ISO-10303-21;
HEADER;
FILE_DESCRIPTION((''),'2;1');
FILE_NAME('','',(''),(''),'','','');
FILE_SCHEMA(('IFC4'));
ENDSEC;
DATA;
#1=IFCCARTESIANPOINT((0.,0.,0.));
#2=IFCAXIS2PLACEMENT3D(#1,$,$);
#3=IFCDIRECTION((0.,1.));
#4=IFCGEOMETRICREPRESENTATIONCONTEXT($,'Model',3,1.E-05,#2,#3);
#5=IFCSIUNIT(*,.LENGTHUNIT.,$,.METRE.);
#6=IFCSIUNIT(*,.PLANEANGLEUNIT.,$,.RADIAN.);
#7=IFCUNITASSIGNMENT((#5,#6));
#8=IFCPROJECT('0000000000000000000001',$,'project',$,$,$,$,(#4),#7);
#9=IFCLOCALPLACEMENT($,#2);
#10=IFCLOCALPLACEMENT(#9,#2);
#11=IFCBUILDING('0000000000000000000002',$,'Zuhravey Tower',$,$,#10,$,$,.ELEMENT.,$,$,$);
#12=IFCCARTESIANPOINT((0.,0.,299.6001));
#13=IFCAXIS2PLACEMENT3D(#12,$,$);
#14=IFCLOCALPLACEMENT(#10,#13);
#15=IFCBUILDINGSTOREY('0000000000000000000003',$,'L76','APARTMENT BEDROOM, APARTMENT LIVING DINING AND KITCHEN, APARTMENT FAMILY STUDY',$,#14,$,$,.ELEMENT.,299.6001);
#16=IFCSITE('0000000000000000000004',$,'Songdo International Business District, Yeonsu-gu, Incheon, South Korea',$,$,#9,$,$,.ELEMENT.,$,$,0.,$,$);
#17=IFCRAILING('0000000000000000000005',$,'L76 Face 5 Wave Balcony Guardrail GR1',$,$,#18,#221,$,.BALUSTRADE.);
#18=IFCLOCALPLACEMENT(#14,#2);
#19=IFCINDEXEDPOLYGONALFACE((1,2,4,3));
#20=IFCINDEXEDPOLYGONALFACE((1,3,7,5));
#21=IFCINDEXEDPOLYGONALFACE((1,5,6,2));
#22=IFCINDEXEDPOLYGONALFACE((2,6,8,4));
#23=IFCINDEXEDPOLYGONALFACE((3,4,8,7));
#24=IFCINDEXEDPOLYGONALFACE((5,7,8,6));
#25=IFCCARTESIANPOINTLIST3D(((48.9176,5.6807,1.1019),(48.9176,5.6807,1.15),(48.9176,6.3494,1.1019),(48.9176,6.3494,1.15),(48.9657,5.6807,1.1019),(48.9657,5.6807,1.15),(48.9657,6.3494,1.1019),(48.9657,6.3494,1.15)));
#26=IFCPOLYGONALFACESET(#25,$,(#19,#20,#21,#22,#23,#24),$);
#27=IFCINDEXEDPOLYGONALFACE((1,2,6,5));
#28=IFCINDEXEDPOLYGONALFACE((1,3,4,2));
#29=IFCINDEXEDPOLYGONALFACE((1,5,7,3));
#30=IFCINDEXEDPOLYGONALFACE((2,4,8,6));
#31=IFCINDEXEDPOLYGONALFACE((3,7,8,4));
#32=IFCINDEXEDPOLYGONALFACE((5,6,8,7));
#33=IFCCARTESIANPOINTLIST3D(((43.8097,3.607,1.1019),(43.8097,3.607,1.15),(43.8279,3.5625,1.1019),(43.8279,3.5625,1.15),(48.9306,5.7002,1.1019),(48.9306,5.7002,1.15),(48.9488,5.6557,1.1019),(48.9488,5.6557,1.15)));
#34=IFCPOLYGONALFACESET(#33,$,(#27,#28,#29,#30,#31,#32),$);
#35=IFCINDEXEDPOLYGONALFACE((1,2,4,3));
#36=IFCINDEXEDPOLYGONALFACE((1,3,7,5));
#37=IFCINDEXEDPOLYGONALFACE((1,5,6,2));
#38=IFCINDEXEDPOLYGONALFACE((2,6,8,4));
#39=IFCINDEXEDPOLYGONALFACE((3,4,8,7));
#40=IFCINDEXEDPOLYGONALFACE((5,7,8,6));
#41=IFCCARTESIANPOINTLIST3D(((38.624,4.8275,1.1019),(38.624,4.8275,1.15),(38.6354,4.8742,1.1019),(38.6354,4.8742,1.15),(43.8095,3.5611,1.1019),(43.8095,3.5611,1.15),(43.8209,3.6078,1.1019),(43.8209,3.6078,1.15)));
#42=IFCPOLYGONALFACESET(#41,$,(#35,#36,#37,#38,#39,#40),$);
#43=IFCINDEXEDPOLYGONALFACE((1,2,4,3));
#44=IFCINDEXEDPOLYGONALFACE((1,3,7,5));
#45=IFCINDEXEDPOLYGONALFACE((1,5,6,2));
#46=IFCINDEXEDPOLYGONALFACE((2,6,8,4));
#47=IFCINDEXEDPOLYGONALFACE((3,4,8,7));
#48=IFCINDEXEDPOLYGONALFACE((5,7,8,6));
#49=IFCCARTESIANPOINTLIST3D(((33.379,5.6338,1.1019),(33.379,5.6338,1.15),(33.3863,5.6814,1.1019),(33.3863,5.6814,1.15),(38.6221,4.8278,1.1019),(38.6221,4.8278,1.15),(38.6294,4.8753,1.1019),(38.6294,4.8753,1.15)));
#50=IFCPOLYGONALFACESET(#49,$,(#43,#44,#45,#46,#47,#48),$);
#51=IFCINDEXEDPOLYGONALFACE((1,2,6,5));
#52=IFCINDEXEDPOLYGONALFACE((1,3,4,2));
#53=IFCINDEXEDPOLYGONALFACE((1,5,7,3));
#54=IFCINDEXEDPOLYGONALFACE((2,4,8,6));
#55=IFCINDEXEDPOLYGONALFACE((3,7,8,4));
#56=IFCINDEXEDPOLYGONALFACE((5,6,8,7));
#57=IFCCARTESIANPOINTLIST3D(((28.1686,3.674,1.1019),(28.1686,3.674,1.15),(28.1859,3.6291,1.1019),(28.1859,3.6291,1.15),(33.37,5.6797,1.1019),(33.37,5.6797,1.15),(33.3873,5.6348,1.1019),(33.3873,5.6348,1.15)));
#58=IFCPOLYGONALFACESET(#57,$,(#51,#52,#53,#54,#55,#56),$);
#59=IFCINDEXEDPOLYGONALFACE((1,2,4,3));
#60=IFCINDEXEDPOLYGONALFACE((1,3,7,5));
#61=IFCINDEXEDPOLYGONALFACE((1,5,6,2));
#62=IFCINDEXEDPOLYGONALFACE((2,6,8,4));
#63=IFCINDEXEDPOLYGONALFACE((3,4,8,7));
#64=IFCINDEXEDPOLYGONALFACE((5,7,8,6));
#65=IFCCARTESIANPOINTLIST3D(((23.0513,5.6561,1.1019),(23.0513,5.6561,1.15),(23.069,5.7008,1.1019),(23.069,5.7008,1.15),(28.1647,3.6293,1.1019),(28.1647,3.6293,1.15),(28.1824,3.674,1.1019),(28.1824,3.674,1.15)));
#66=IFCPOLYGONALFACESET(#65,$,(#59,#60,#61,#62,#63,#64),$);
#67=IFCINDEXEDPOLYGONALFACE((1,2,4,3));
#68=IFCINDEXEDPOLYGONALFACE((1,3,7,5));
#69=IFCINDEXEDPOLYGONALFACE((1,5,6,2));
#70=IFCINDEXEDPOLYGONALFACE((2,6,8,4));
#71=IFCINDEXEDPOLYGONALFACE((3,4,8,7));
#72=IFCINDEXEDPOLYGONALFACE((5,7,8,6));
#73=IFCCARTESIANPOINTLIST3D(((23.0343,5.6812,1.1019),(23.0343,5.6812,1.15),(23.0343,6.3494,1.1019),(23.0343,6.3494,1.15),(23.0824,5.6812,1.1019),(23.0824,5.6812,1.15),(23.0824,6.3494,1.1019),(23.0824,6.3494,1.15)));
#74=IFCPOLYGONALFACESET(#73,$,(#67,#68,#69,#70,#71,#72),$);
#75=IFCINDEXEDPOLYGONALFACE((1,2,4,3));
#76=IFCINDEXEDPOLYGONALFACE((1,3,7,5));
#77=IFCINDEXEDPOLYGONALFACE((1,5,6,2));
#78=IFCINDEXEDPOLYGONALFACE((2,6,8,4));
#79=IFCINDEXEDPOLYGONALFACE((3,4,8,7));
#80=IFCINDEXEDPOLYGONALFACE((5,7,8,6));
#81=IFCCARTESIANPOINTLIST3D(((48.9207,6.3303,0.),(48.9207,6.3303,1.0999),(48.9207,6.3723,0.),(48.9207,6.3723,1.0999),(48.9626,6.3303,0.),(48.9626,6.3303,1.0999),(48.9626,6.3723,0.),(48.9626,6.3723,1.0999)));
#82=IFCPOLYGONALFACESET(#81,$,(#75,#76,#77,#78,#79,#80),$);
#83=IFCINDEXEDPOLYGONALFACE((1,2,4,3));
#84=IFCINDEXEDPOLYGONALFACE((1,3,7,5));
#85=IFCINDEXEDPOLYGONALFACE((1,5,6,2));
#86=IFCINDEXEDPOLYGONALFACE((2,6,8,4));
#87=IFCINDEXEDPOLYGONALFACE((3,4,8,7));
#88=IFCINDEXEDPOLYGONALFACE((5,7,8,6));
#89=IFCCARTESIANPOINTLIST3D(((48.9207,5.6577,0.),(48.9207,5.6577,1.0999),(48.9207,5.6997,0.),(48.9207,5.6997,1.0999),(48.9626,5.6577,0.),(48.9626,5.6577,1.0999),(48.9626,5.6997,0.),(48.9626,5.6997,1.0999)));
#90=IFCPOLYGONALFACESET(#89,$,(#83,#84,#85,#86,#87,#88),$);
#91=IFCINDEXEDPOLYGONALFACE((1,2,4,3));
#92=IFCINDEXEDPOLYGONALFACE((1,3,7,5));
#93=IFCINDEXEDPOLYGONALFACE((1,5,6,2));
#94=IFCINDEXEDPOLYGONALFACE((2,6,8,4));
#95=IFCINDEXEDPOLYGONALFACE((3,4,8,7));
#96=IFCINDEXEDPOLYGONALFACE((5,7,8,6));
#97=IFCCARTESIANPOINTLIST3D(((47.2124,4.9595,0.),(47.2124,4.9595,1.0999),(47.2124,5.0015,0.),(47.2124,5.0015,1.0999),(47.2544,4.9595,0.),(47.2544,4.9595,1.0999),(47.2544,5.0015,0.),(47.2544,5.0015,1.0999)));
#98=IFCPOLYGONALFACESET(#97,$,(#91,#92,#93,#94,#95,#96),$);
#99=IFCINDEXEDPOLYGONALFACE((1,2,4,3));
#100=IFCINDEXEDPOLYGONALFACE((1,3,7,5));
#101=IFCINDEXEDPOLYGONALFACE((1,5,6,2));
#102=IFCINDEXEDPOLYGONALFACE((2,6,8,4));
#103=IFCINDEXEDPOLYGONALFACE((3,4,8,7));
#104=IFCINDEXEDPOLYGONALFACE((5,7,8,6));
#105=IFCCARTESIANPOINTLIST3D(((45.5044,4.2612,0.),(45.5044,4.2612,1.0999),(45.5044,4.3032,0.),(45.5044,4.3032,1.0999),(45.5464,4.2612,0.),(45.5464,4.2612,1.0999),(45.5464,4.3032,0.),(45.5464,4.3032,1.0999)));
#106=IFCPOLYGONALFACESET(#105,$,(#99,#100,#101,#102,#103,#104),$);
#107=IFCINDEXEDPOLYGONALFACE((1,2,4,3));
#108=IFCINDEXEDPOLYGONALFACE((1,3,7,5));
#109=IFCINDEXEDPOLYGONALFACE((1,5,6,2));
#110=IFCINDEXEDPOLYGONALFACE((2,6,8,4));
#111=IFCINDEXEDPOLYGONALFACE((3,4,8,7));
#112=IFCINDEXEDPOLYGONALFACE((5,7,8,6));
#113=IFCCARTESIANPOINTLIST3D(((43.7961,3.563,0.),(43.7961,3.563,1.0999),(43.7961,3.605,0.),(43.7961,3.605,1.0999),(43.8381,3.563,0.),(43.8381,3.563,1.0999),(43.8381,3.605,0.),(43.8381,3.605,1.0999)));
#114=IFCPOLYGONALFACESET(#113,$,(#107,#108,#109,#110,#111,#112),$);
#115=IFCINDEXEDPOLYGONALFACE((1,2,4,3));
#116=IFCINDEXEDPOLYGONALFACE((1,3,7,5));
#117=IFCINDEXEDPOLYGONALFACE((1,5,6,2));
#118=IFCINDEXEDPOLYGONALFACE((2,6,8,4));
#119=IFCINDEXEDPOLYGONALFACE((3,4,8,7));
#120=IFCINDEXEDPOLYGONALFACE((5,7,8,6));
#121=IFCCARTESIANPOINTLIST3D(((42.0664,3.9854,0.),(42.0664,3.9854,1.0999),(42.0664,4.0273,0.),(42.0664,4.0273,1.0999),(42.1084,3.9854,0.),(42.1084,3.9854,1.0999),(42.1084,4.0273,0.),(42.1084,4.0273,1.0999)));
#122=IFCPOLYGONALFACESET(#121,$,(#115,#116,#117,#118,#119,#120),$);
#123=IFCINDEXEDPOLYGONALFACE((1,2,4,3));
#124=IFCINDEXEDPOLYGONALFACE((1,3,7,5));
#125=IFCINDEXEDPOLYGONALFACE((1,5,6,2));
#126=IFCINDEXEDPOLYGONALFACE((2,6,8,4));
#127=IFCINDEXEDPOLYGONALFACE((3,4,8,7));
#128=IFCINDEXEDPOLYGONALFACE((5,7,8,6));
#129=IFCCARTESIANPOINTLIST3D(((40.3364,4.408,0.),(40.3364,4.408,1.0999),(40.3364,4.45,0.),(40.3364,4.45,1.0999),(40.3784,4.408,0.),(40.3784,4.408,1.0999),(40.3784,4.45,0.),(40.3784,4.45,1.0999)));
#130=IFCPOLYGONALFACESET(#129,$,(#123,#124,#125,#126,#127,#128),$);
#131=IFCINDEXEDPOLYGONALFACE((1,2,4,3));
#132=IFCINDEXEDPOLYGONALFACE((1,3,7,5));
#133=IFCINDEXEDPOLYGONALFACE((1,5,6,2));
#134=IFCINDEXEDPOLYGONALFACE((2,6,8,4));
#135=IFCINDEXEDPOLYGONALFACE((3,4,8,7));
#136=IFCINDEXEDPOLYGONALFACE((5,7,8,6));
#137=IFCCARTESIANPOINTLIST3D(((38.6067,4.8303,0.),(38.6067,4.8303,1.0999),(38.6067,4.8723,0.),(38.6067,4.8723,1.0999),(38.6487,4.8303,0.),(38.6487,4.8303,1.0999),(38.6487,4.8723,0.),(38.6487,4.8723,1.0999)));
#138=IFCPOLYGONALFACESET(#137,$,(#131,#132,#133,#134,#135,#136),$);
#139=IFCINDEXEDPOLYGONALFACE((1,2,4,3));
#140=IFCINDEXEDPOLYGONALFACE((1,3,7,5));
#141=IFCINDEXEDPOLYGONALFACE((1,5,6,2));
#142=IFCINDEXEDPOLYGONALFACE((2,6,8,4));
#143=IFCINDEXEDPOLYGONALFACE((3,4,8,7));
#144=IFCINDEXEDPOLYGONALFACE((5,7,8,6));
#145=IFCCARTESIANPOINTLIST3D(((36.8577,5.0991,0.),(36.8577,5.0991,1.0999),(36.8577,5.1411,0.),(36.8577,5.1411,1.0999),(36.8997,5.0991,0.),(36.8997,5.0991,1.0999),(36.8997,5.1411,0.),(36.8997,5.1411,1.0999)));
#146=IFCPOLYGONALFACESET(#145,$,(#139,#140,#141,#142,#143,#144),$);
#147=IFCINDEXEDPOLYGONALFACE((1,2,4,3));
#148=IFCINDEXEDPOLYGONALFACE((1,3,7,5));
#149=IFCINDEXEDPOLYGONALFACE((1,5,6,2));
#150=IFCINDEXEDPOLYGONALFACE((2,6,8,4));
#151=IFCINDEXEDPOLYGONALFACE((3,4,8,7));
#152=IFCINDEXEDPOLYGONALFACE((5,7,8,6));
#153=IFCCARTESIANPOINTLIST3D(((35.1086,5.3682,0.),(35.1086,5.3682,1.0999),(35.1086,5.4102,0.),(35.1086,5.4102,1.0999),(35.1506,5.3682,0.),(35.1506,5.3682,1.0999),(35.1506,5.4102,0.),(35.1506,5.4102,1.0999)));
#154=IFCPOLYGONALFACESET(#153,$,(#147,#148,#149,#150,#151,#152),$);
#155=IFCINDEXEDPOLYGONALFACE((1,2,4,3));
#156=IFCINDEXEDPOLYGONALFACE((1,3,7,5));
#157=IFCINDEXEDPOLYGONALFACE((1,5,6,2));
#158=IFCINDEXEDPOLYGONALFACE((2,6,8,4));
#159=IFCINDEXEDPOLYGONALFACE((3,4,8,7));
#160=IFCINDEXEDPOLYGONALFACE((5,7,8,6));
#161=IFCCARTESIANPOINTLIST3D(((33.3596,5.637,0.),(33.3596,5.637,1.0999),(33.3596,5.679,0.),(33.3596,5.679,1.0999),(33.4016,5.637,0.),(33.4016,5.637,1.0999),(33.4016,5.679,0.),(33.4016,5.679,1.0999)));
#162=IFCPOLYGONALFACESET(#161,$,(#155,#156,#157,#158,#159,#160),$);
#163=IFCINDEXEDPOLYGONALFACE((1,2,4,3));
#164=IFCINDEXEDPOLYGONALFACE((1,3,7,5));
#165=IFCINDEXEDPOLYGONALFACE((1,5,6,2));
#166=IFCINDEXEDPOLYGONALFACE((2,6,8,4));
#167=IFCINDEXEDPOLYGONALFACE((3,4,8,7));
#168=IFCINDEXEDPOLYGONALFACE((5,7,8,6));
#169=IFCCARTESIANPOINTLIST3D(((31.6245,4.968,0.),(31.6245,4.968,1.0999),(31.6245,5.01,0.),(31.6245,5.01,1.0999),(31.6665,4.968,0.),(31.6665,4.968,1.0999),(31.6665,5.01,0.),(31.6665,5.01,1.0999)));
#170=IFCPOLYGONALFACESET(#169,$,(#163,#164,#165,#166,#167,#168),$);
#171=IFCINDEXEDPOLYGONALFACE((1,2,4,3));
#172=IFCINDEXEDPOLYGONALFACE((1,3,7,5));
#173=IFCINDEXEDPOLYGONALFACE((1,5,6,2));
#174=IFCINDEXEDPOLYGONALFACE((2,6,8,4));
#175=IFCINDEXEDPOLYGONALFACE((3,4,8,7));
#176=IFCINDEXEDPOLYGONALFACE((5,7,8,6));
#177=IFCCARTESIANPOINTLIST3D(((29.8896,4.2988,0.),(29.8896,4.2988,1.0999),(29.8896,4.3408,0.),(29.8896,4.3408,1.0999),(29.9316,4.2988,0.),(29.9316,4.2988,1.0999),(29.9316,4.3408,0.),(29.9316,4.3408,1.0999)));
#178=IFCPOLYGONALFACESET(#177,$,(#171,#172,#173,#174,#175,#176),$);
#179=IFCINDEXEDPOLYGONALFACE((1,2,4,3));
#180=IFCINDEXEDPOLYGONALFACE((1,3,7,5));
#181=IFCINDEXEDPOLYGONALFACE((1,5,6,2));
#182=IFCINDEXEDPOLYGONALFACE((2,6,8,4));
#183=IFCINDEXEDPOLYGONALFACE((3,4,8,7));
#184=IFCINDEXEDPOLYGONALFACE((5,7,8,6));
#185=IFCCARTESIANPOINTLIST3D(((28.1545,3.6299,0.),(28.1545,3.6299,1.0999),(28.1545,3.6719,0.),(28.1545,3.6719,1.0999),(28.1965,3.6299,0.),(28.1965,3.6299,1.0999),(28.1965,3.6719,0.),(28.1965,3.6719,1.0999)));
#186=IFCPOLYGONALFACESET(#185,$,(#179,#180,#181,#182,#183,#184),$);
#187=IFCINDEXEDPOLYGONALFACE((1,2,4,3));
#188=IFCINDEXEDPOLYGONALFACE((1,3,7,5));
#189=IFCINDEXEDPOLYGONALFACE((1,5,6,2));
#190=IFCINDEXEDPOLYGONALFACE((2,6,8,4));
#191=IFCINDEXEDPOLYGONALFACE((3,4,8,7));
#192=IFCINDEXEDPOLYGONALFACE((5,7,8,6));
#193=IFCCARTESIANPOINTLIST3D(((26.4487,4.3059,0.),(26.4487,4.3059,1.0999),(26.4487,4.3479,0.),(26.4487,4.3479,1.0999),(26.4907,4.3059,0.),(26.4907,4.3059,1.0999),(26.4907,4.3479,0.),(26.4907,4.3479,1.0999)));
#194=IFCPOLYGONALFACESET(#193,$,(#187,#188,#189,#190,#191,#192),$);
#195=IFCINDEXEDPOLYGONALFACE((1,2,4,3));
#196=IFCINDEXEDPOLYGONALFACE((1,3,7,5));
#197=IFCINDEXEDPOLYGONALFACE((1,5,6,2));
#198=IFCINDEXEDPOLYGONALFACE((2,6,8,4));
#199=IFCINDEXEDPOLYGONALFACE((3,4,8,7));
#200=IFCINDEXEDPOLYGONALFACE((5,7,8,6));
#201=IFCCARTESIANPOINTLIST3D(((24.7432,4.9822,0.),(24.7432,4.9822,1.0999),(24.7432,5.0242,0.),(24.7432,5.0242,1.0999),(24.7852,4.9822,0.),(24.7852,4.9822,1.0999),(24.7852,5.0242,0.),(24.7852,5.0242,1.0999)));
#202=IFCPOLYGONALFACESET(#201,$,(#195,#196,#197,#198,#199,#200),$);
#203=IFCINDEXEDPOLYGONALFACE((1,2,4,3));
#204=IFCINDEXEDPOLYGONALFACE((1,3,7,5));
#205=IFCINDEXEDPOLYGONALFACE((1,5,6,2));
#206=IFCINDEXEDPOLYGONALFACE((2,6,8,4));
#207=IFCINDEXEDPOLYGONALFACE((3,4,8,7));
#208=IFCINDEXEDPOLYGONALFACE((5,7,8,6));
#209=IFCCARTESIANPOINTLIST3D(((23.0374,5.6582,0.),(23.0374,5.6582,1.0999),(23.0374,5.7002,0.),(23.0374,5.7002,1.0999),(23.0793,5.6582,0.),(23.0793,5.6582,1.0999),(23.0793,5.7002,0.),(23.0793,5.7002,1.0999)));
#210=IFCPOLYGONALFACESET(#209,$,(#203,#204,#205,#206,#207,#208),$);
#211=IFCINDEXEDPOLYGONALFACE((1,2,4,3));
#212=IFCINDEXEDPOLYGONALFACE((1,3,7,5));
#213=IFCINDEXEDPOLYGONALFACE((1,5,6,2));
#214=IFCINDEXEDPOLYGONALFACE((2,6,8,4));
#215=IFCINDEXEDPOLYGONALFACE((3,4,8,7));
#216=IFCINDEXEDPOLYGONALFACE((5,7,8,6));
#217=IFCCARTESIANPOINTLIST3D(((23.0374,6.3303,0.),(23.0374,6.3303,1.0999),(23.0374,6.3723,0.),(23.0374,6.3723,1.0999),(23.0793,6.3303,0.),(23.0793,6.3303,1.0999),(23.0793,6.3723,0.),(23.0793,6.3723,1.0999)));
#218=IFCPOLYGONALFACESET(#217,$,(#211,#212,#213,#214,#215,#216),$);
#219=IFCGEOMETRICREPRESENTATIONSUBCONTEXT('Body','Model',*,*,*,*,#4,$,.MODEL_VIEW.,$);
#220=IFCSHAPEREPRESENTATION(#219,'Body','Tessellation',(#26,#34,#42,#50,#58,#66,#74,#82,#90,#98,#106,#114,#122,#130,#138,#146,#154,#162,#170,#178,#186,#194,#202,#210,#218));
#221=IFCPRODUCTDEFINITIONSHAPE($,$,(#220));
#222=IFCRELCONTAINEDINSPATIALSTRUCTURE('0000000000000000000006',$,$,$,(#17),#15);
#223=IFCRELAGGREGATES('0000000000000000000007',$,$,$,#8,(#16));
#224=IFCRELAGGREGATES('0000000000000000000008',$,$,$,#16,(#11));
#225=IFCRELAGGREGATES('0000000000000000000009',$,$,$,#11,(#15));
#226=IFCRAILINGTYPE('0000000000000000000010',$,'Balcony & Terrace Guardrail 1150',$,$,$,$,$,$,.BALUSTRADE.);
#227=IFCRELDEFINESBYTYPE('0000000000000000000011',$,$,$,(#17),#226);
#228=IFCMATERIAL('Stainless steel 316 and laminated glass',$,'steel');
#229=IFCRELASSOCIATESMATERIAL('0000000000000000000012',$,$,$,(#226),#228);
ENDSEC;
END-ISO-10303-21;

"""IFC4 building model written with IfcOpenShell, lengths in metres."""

from ifc_helpers import new_model, si_unit, direction, frame, origin, origin_2d, place, context, subcontext, project, spatial, rectangle, extrude, material, type_object, element, save


model = new_model("IFC4")

# Units and contexts
model_context = context("Model", 3, precision=1e-05, world=origin(), true_north=direction((0.0, 1.0)))
body_context = subcontext(model_context, "Body", "Model", "MODEL_VIEW")
ifc_project = project(units=[si_unit("LENGTHUNIT", "METRE"), si_unit("PLANEANGLEUNIT", "RADIAN")], contexts=[model_context])

# Site, building, storey
site_placement = place(None, origin())
site = spatial("IfcSite", under=ifc_project, at=site_placement, Name="Songdo International Business District, Yeonsu-gu, Incheon, South Korea", CompositionType="ELEMENT", RefElevation=0.0)
building_placement = place(site_placement, origin())
building = spatial("IfcBuilding", under=site, at=building_placement, Name="Zuhravey Tower", CompositionType="ELEMENT")
storey_placement = place(building_placement, frame((0.0, 0.0, 299.6001)))
storey = spatial("IfcBuildingStorey", under=building, at=storey_placement, Name="L76", Description="APARTMENT BEDROOM, APARTMENT LIVING DINING AND KITCHEN, APARTMENT FAMILY STUDY", CompositionType="ELEMENT", Elevation=299.6001)

# Railing
ifc_material_1 = material(Name="Stainless steel 316 and laminated glass", Category="steel")
railing_type = type_object("IfcRailingType", Name="Balcony & Terrace Guardrail 1150", PredefinedType="BALUSTRADE", material=ifc_material_1)
railing_placement = place(storey_placement, frame((48.9417, 6.3513, 0.0)))
element("IfcRailing", 1, at=railing_placement, inside=storey, type_object=railing_type, Name="L76 Face 5 Wave Balcony Guardrail GR1", PredefinedType="BALUSTRADE", context=body_context, shape_type="SweptSolid", body=[
    extrude(rectangle(XDim=0.0481, YDim=0.0481, at=origin_2d()), frame((0.0, -0.002, 1.126), z_axis=(0.0, -1.0, 0.0), x_axis=(1.0, 0.0, 0.0)), (0.0, 0.0, 1.0), 0.6687),
    extrude(rectangle(XDim=0.0481, YDim=0.0481, at=origin_2d()), frame((-0.002, -0.6733, 1.126), z_axis=(-0.925652, -0.378375, 0.0), x_axis=(0.378375, -0.925652, 0.0)), (0.0, 0.0, 1.0), 5.5322),
    extrude(rectangle(XDim=0.0481, YDim=0.0481, at=origin_2d()), frame((-5.1265, -2.7668, 1.126), z_axis=(-0.971451, 0.237241, 0.0), x_axis=(-0.237241, -0.971451, 0.0)), (0.0, 0.0, 1.0), 5.3379),
    extrude(rectangle(XDim=0.0481, YDim=0.0481, at=origin_2d()), frame((-10.3159, -1.4998, 1.126), z_axis=(-0.988389, 0.151947, 0.0), x_axis=(-0.151947, -0.988389, 0.0)), (0.0, 0.0, 1.0), 5.3047),
    extrude(rectangle(XDim=0.0481, YDim=0.0481, at=origin_2d()), frame((-15.563, -0.6941, 1.126), z_axis=(-0.933037, -0.35978, 0.0), x_axis=(0.35978, -0.933037, 0.0)), (0.0, 0.0, 1.0), 5.5747),
    extrude(rectangle(XDim=0.0481, YDim=0.0481, at=origin_2d()), frame((-20.7681, -2.6997, 1.126), z_axis=(-0.929634, 0.368483, 0.0), x_axis=(-0.368483, -0.929634, 0.0)), (0.0, 0.0, 1.0), 5.5005),
    extrude(rectangle(XDim=0.0481, YDim=0.0481, at=origin_2d()), frame((-25.8833, -0.6702, 1.126), z_axis=(0.0, 1.0, 0.0), x_axis=(-1.0, 0.0, 0.0)), (0.0, 0.0, 1.0), 0.6682),
    extrude(rectangle(XDim=0.042, YDim=0.042, at=origin_2d()), origin(), (0.0, 0.0, 1.0), 1.0999),
    extrude(rectangle(XDim=0.042, YDim=0.042, at=origin_2d()), frame((0.0, -0.6726, 0.0)), (0.0, 0.0, 1.0), 1.0999),
    extrude(rectangle(XDim=0.042, YDim=0.042, at=origin_2d()), frame((-1.7083, -1.3708, 0.0)), (0.0, 0.0, 1.0), 1.0999),
    extrude(rectangle(XDim=0.042, YDim=0.042, at=origin_2d()), frame((-3.4163, -2.0691, 0.0)), (0.0, 0.0, 1.0), 1.0999),
    extrude(rectangle(XDim=0.042, YDim=0.042, at=origin_2d()), frame((-5.1245, -2.7673, 0.0)), (0.0, 0.0, 1.0), 1.0999),
    extrude(rectangle(XDim=0.042, YDim=0.042, at=origin_2d()), frame((-6.8542, -2.345, 0.0)), (0.0, 0.0, 1.0), 1.0999),
    extrude(rectangle(XDim=0.042, YDim=0.042, at=origin_2d()), frame((-8.5842, -1.9224, 0.0)), (0.0, 0.0, 1.0), 1.0999),
    extrude(rectangle(XDim=0.042, YDim=0.042, at=origin_2d()), frame((-10.314, -1.5, 0.0)), (0.0, 0.0, 1.0), 1.0999),
    extrude(rectangle(XDim=0.042, YDim=0.042, at=origin_2d()), frame((-12.063, -1.2312, 0.0)), (0.0, 0.0, 1.0), 1.0999),
    extrude(rectangle(XDim=0.042, YDim=0.042, at=origin_2d()), frame((-13.812, -0.9622, 0.0)), (0.0, 0.0, 1.0), 1.0999),
    extrude(rectangle(XDim=0.042, YDim=0.042, at=origin_2d()), frame((-15.561, -0.6934, 0.0)), (0.0, 0.0, 1.0), 1.0999),
    extrude(rectangle(XDim=0.042, YDim=0.042, at=origin_2d()), frame((-17.2961, -1.3623, 0.0)), (0.0, 0.0, 1.0), 1.0999),
    extrude(rectangle(XDim=0.042, YDim=0.042, at=origin_2d()), frame((-19.031, -2.0315, 0.0)), (0.0, 0.0, 1.0), 1.0999),
    extrude(rectangle(XDim=0.042, YDim=0.042, at=origin_2d()), frame((-20.7661, -2.7004, 0.0)), (0.0, 0.0, 1.0), 1.0999),
    extrude(rectangle(XDim=0.042, YDim=0.042, at=origin_2d()), frame((-22.4719, -2.0244, 0.0)), (0.0, 0.0, 1.0), 1.0999),
    extrude(rectangle(XDim=0.042, YDim=0.042, at=origin_2d()), frame((-24.1775, -1.3481, 0.0)), (0.0, 0.0, 1.0), 1.0999),
    extrude(rectangle(XDim=0.042, YDim=0.042, at=origin_2d()), frame((-25.8833, -0.6721, 0.0)), (0.0, 0.0, 1.0), 1.0999),
    extrude(rectangle(XDim=0.042, YDim=0.042, at=origin_2d()), frame((-25.8833, 0.0, 0.0)), (0.0, 0.0, 1.0), 1.0999),
])

save(model, "model.ifc")
